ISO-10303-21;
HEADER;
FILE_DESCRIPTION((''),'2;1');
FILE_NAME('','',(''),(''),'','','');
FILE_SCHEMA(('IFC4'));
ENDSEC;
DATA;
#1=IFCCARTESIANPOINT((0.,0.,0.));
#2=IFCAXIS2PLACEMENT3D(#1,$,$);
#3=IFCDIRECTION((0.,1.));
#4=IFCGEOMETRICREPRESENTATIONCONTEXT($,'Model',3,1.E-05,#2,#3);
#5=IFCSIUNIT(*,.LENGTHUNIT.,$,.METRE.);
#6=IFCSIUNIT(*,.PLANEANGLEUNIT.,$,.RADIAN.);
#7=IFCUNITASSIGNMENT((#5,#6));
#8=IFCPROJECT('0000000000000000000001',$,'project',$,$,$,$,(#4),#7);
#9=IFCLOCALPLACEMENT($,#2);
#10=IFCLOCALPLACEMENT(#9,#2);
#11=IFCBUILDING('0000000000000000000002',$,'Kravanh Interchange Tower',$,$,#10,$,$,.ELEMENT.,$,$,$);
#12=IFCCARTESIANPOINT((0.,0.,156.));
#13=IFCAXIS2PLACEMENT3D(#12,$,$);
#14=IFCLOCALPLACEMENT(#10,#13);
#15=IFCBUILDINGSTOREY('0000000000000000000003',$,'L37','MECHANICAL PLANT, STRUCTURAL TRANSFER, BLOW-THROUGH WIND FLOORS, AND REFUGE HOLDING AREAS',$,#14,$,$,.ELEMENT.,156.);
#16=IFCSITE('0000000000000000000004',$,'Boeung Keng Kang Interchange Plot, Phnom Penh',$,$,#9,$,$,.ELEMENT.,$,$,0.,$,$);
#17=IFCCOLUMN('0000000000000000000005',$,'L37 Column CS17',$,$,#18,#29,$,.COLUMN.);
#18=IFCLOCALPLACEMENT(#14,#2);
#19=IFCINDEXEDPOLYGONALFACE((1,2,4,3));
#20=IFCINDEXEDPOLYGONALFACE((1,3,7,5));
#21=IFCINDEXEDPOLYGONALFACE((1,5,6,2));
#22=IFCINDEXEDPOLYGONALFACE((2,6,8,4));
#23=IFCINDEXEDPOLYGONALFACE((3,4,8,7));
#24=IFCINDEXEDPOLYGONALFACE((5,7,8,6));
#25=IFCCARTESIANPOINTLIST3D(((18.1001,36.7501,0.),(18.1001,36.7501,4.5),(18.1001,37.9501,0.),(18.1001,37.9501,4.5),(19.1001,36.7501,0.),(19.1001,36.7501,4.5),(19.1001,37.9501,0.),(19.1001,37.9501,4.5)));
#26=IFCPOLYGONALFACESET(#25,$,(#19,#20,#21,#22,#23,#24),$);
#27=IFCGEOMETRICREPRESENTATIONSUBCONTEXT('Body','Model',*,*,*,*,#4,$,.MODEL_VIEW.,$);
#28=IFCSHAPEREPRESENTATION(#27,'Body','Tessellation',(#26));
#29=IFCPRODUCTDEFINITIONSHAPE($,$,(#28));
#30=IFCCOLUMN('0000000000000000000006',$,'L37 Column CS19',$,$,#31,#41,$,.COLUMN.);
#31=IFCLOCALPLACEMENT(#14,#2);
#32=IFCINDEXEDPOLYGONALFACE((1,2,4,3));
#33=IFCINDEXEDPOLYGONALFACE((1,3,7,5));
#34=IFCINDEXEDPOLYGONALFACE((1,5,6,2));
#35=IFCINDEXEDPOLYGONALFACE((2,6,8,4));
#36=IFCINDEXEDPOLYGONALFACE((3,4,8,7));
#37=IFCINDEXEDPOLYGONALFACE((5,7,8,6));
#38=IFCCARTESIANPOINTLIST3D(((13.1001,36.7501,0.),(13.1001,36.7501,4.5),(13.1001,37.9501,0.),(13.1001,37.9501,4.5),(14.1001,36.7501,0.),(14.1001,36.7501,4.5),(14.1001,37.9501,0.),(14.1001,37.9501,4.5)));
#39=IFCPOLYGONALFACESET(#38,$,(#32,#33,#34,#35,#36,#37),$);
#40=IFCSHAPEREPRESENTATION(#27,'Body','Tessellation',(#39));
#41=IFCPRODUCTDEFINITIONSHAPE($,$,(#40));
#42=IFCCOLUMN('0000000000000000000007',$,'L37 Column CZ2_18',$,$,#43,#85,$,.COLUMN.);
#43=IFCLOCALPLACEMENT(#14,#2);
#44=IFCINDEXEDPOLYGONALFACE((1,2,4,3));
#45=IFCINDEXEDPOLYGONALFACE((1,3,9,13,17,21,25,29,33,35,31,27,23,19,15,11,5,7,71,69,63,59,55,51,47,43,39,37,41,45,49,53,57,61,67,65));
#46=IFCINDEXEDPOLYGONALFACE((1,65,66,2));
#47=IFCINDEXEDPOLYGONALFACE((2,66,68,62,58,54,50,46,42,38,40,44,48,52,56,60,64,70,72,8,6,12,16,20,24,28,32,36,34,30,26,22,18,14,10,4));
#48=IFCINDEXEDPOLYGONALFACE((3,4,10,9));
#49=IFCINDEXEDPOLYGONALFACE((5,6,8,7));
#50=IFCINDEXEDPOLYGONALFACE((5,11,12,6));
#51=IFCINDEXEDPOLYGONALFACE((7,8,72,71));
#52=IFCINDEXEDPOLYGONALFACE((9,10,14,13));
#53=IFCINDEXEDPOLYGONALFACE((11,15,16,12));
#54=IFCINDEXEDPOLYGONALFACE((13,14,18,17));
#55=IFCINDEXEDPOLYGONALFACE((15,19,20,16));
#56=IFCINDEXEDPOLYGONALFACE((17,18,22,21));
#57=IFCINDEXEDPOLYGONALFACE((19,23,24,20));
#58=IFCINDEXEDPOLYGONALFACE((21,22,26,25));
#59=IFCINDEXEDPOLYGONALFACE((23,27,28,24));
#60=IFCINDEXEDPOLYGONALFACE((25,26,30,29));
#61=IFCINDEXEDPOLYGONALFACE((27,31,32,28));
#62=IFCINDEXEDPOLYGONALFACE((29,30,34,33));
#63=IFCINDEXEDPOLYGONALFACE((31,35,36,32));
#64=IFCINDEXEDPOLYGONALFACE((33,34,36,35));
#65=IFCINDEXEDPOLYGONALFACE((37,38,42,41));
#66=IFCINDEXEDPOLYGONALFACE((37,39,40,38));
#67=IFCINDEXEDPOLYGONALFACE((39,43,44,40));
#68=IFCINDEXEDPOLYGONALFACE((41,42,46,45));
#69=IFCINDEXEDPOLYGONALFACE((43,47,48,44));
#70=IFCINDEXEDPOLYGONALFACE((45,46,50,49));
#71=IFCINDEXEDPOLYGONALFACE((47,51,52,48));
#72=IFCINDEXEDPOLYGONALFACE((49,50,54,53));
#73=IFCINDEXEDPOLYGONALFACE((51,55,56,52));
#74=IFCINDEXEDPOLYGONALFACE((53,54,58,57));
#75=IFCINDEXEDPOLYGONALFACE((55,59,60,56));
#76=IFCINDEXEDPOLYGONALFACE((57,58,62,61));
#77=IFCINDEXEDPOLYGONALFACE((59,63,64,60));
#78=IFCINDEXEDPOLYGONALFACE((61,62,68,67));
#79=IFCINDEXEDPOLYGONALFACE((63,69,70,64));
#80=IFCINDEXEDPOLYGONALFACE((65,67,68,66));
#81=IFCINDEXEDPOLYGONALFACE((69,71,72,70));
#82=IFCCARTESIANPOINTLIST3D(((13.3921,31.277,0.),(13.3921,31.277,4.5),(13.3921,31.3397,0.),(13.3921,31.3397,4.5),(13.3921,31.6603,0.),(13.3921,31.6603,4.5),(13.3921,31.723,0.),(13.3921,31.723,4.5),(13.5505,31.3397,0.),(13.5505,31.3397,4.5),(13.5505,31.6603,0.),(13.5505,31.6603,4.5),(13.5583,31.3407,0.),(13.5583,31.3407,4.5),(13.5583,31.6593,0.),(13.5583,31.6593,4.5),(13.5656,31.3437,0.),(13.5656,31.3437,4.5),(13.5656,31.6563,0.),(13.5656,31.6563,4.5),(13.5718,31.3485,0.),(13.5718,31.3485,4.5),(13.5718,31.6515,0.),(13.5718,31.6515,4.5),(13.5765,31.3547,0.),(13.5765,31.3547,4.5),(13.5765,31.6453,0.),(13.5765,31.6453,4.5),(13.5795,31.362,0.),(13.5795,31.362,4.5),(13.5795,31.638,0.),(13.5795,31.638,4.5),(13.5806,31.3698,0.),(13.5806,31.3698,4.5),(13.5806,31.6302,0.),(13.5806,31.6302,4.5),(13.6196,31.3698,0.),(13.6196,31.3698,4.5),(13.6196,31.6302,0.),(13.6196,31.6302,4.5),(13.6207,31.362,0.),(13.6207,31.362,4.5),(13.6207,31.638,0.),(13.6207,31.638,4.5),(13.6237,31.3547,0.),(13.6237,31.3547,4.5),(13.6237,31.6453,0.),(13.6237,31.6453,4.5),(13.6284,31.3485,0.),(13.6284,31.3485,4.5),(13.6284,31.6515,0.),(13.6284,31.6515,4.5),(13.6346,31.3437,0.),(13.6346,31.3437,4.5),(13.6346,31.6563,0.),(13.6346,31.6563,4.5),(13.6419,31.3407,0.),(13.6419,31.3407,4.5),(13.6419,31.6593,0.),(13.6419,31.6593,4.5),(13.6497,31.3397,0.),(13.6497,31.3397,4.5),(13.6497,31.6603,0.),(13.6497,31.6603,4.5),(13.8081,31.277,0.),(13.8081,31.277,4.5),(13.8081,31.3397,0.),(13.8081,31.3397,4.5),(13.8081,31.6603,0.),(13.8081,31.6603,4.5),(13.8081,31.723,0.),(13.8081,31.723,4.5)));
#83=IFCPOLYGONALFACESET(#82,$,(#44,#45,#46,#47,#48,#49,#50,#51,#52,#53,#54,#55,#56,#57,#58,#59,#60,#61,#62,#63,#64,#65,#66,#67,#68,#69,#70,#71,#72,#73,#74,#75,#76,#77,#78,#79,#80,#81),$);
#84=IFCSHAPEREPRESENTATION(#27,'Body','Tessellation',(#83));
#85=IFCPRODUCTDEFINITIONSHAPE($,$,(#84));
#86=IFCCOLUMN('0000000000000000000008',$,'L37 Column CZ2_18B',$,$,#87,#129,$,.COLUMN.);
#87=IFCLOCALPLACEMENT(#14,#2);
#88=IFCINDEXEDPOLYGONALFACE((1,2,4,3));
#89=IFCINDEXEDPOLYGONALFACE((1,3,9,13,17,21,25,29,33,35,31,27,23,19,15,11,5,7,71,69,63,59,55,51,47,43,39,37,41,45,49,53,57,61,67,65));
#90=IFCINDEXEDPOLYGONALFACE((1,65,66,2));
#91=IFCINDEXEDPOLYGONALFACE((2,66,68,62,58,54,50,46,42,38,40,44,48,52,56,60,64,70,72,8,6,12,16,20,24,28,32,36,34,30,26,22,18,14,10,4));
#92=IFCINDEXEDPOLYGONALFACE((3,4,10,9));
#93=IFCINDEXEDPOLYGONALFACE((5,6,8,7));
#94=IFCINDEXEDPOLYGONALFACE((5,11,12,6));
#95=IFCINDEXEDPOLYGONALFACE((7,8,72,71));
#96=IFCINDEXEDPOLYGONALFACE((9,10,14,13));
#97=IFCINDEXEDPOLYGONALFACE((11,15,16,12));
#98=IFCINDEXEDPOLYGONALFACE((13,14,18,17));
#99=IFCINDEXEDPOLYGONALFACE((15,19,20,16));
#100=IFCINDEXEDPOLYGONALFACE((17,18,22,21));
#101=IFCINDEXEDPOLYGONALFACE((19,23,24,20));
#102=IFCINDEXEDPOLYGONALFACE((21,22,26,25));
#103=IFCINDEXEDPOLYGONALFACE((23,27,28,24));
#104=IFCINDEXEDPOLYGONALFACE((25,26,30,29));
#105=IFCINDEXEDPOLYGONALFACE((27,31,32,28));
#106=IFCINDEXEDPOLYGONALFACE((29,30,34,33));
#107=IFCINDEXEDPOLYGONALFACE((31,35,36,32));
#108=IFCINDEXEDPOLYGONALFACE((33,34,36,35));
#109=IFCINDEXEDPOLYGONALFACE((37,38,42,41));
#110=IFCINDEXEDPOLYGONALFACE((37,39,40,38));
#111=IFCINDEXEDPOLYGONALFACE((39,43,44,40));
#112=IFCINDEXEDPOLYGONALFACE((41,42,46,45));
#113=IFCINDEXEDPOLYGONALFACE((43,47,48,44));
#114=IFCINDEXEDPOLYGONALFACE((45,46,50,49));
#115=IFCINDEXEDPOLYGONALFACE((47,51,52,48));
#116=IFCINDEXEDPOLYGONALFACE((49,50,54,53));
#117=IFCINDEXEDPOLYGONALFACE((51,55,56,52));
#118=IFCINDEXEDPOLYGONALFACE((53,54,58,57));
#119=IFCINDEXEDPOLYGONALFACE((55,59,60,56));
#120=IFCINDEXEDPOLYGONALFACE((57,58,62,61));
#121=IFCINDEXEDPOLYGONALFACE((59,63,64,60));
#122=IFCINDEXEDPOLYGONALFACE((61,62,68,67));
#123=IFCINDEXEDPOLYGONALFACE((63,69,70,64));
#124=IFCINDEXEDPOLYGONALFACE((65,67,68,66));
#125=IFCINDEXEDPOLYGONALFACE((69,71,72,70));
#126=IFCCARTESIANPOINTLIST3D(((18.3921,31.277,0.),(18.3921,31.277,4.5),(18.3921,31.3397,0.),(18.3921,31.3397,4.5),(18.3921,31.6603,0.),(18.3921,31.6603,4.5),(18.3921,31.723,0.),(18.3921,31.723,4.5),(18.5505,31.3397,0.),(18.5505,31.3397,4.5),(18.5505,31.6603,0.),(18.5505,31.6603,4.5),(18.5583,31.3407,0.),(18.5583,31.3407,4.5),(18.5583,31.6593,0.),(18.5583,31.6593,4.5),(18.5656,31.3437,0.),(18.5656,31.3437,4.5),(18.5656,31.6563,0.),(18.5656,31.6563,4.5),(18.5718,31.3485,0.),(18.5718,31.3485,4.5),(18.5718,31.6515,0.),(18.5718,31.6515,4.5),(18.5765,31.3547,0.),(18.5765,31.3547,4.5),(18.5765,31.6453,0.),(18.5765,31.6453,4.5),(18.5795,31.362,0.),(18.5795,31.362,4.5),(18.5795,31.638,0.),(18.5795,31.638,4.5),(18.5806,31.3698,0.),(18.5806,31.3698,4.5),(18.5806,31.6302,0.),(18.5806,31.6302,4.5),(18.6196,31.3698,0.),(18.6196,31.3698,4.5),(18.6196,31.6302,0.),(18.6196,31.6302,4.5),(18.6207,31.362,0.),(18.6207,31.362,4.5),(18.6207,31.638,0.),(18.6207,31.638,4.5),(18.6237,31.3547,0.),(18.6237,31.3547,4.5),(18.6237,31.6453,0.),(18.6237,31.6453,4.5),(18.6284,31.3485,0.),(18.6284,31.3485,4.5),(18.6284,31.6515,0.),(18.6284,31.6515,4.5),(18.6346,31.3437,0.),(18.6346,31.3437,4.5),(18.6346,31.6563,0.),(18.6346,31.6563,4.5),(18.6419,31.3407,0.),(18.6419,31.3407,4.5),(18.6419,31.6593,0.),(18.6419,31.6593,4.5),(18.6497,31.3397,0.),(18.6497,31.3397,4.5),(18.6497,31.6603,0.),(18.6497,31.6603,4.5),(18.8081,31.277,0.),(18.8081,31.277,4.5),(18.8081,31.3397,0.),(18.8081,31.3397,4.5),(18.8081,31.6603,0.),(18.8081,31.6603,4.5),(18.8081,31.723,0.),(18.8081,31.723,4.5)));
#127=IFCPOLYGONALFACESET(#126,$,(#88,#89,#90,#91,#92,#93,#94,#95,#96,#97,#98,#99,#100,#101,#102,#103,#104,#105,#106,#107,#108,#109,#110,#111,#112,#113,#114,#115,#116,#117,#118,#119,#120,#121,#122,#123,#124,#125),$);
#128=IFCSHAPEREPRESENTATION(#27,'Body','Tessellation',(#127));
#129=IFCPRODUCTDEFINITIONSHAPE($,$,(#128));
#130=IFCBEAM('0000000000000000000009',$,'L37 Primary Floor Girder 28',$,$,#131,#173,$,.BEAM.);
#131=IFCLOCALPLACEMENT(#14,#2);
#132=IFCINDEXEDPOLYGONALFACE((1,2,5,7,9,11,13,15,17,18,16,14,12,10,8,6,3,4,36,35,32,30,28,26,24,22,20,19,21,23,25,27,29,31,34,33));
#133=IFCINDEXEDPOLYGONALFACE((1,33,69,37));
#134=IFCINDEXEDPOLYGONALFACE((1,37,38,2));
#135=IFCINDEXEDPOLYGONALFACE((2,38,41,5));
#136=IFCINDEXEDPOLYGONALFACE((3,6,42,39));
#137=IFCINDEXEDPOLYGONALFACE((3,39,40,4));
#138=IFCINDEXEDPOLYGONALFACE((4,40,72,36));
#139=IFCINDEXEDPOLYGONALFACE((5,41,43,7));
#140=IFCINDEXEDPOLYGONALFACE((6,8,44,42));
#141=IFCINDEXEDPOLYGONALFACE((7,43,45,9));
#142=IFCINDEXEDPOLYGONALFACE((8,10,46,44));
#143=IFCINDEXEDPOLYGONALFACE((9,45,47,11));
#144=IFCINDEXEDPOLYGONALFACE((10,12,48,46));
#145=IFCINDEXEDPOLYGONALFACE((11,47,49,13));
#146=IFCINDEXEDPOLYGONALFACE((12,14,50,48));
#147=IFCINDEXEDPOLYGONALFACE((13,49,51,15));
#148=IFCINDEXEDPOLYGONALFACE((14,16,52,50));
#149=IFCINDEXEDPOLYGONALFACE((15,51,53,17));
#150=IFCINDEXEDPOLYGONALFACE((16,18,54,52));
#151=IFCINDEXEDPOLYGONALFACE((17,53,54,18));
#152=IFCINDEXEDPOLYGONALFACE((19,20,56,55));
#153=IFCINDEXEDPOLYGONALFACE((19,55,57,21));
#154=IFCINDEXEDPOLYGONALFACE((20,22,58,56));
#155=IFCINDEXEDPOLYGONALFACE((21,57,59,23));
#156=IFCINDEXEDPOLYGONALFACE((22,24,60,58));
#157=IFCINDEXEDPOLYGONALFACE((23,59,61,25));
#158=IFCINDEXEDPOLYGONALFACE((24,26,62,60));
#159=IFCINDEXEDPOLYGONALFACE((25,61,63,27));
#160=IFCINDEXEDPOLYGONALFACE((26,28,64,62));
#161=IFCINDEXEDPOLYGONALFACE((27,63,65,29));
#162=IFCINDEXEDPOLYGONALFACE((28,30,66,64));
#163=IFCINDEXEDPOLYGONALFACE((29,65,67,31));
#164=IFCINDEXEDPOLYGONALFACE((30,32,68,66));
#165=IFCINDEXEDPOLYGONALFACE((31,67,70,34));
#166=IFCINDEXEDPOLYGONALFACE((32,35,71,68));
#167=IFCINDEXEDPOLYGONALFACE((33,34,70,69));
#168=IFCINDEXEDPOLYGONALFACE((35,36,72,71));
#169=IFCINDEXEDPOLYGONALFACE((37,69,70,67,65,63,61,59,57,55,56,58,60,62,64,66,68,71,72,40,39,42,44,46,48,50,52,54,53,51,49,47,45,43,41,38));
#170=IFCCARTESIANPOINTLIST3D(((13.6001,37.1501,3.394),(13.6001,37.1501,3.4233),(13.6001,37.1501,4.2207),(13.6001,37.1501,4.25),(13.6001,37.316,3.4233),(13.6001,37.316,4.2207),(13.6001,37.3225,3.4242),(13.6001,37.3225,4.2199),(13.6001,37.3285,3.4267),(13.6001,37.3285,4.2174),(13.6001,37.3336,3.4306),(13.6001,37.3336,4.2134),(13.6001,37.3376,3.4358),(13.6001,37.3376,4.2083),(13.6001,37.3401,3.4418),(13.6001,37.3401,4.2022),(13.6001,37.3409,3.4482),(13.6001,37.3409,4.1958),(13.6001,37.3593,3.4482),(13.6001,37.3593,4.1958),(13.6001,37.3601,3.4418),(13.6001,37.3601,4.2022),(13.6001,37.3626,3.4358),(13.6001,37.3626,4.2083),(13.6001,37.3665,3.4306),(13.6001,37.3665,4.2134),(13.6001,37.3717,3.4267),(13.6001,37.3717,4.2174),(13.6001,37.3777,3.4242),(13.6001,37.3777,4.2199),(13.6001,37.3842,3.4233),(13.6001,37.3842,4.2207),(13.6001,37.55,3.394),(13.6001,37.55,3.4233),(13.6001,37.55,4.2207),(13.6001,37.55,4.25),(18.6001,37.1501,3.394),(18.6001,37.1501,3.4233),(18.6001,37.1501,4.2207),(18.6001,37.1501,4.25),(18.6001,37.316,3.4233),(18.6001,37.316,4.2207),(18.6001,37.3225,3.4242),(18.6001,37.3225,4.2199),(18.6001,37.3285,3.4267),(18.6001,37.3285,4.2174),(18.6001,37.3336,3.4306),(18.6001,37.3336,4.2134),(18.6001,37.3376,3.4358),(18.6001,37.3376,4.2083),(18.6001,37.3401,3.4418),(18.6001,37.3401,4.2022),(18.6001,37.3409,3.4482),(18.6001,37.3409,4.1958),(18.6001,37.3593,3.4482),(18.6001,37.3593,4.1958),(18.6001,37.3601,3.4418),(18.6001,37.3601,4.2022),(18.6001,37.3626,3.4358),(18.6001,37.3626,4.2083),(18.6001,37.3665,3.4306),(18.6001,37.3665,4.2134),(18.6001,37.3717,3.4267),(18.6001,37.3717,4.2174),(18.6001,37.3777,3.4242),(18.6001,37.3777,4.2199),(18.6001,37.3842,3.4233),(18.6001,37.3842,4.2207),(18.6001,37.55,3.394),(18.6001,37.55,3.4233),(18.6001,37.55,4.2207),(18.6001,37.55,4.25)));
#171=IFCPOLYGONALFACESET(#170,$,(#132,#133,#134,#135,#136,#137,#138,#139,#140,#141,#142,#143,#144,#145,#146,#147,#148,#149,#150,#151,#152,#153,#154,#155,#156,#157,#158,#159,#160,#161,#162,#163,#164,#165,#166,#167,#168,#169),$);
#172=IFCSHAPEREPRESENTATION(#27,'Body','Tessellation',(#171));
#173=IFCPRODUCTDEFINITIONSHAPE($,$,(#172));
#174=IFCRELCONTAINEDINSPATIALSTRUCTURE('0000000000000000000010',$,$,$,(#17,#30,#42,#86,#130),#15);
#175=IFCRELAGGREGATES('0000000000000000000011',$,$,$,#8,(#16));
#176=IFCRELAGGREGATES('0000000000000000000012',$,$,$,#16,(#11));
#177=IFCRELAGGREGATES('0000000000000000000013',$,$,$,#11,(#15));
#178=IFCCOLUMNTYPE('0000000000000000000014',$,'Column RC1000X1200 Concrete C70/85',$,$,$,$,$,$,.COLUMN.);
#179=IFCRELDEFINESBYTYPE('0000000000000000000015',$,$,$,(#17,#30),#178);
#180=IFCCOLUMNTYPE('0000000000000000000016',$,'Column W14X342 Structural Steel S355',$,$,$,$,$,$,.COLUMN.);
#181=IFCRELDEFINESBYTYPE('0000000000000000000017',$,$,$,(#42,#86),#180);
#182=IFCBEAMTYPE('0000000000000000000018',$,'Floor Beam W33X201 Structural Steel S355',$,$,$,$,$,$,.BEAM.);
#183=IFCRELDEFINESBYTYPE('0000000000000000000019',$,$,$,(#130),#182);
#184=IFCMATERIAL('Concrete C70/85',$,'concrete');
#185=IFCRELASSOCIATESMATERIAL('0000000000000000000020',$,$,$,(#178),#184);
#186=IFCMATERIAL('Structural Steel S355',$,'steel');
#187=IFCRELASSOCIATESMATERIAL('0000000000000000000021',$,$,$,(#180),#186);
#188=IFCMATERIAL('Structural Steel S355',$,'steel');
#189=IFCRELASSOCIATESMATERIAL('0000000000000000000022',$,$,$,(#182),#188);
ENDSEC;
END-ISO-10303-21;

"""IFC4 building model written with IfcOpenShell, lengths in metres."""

from ifc_helpers import new_model, si_unit, direction, frame, origin, origin_2d, place, context, subcontext, project, spatial, rectangle, i_section, extrude, material, material_profile, profile_set, type_object, element, save


model = new_model("IFC4")

# Units and contexts
model_context = context("Model", 3, precision=1e-05, world=origin(), true_north=direction((0.0, 1.0)))
body_context = subcontext(model_context, "Body", "Model", "MODEL_VIEW")
ifc_project = project(units=[si_unit("LENGTHUNIT", "METRE"), si_unit("PLANEANGLEUNIT", "RADIAN")], contexts=[model_context])

# Site, building, storey
site_placement = place(None, origin())
site = spatial("IfcSite", under=ifc_project, at=site_placement, Name="Boeung Keng Kang Interchange Plot, Phnom Penh", CompositionType="ELEMENT", RefElevation=0.0)
building_placement = place(site_placement, origin())
building = spatial("IfcBuilding", under=site, at=building_placement, Name="Kravanh Interchange Tower", CompositionType="ELEMENT")
storey_placement = place(building_placement, frame((0.0, 0.0, 156.0)))
storey = spatial("IfcBuildingStorey", under=building, at=storey_placement, Name="L37", Description="MECHANICAL PLANT, STRUCTURAL TRANSFER, BLOW-THROUGH WIND FLOORS, AND REFUGE HOLDING AREAS", CompositionType="ELEMENT", Elevation=156.0)

# Columns
ifc_material_1 = material(Name="Concrete C70/85", Category="concrete")
ifc_material_profile_1 = material_profile(ifc_material_1, rectangle(XDim=1.0, YDim=1.2, at=origin_2d()), Name="RC1000X1200")
ifc_profile_set_1 = profile_set([ifc_material_profile_1], Name="Concrete C70/85")
column_type_1 = type_object("IfcColumnType", Name="Column RC1000X1200 Concrete C70/85", PredefinedType="COLUMN", material=ifc_profile_set_1)
for number, where, z_axis, x_axis, name in (
    (1, (18.6001, 37.3501, 0.0), (0.0, 0.0, 1.0), (1.0, 0.0, 0.0), "L37 Column CS17"),
    (2, (13.6001, 37.3501, 0.0), (0.0, 0.0, 1.0), (1.0, 0.0, 0.0), "L37 Column CS19"),
):
    element("IfcColumn", number, at=place(storey_placement, frame(where, z_axis=z_axis, x_axis=x_axis)), inside=storey, type_object=column_type_1, Name=name, PredefinedType="COLUMN", context=body_context, shape_type="SweptSolid", body=[
        extrude(rectangle(XDim=1.0, YDim=1.2, at=origin_2d()), origin(), (0.0, 0.0, 1.0), 4.5),
    ])
ifc_material_2 = material(Name="Structural Steel S355", Category="steel")
ifc_material_profile_2 = material_profile(ifc_material_2, i_section(OverallWidth=0.416, OverallDepth=0.446, WebThickness=0.0391, FlangeThickness=0.0627, FilletRadius=0.03, at=origin_2d()), Name="W14X342")
ifc_profile_set_2 = profile_set([ifc_material_profile_2], Name="Structural Steel S355")
column_type_2 = type_object("IfcColumnType", Name="Column W14X342 Structural Steel S355", PredefinedType="COLUMN", material=ifc_profile_set_2)
for number, where, z_axis, x_axis, name in (
    (3, (13.6001, 31.5, 0.0), (0.0, 0.0, 1.0), (1.0, 0.0, 0.0), "L37 Column CZ2_18"),
    (4, (18.6001, 31.5, 0.0), (0.0, 0.0, 1.0), (1.0, 0.0, 0.0), "L37 Column CZ2_18B"),
):
    element("IfcColumn", number, at=place(storey_placement, frame(where, z_axis=z_axis, x_axis=x_axis)), inside=storey, type_object=column_type_2, Name=name, PredefinedType="COLUMN", context=body_context, shape_type="SweptSolid", body=[
        extrude(i_section(OverallWidth=0.416, OverallDepth=0.446, WebThickness=0.0391, FlangeThickness=0.0627, FilletRadius=0.03, at=origin_2d()), origin(), (0.0, 0.0, 1.0), 4.5),
    ])

# Beam
ifc_material_3 = material(Name="Structural Steel S355", Category="steel")
ifc_material_profile_3 = material_profile(ifc_material_3, i_section(OverallWidth=0.3999, OverallDepth=0.856, WebThickness=0.0183, FlangeThickness=0.0293, FilletRadius=0.0249, at=origin_2d()), Name="W33X201")
ifc_profile_set_3 = profile_set([ifc_material_profile_3], Name="Structural Steel S355")
beam_type_1 = type_object("IfcBeamType", Name="Floor Beam W33X201 Structural Steel S355", PredefinedType="BEAM", material=ifc_profile_set_3)
beam_1_placement = place(storey_placement, frame((18.6001, 37.3501, 3.822), z_axis=(-1.0, 0.0, 0.0), x_axis=(0.0, -1.0, 0.0)))
element("IfcBeam", 5, at=beam_1_placement, inside=storey, type_object=beam_type_1, Name="L37 Primary Floor Girder 28", PredefinedType="BEAM", context=body_context, shape_type="SweptSolid", body=[
    extrude(i_section(OverallWidth=0.3999, OverallDepth=0.856, WebThickness=0.0183, FlangeThickness=0.0293, FilletRadius=0.0249, at=origin_2d()), origin(), (0.0, 0.0, 1.0), 5.0),
])

save(model, "model.ifc")
